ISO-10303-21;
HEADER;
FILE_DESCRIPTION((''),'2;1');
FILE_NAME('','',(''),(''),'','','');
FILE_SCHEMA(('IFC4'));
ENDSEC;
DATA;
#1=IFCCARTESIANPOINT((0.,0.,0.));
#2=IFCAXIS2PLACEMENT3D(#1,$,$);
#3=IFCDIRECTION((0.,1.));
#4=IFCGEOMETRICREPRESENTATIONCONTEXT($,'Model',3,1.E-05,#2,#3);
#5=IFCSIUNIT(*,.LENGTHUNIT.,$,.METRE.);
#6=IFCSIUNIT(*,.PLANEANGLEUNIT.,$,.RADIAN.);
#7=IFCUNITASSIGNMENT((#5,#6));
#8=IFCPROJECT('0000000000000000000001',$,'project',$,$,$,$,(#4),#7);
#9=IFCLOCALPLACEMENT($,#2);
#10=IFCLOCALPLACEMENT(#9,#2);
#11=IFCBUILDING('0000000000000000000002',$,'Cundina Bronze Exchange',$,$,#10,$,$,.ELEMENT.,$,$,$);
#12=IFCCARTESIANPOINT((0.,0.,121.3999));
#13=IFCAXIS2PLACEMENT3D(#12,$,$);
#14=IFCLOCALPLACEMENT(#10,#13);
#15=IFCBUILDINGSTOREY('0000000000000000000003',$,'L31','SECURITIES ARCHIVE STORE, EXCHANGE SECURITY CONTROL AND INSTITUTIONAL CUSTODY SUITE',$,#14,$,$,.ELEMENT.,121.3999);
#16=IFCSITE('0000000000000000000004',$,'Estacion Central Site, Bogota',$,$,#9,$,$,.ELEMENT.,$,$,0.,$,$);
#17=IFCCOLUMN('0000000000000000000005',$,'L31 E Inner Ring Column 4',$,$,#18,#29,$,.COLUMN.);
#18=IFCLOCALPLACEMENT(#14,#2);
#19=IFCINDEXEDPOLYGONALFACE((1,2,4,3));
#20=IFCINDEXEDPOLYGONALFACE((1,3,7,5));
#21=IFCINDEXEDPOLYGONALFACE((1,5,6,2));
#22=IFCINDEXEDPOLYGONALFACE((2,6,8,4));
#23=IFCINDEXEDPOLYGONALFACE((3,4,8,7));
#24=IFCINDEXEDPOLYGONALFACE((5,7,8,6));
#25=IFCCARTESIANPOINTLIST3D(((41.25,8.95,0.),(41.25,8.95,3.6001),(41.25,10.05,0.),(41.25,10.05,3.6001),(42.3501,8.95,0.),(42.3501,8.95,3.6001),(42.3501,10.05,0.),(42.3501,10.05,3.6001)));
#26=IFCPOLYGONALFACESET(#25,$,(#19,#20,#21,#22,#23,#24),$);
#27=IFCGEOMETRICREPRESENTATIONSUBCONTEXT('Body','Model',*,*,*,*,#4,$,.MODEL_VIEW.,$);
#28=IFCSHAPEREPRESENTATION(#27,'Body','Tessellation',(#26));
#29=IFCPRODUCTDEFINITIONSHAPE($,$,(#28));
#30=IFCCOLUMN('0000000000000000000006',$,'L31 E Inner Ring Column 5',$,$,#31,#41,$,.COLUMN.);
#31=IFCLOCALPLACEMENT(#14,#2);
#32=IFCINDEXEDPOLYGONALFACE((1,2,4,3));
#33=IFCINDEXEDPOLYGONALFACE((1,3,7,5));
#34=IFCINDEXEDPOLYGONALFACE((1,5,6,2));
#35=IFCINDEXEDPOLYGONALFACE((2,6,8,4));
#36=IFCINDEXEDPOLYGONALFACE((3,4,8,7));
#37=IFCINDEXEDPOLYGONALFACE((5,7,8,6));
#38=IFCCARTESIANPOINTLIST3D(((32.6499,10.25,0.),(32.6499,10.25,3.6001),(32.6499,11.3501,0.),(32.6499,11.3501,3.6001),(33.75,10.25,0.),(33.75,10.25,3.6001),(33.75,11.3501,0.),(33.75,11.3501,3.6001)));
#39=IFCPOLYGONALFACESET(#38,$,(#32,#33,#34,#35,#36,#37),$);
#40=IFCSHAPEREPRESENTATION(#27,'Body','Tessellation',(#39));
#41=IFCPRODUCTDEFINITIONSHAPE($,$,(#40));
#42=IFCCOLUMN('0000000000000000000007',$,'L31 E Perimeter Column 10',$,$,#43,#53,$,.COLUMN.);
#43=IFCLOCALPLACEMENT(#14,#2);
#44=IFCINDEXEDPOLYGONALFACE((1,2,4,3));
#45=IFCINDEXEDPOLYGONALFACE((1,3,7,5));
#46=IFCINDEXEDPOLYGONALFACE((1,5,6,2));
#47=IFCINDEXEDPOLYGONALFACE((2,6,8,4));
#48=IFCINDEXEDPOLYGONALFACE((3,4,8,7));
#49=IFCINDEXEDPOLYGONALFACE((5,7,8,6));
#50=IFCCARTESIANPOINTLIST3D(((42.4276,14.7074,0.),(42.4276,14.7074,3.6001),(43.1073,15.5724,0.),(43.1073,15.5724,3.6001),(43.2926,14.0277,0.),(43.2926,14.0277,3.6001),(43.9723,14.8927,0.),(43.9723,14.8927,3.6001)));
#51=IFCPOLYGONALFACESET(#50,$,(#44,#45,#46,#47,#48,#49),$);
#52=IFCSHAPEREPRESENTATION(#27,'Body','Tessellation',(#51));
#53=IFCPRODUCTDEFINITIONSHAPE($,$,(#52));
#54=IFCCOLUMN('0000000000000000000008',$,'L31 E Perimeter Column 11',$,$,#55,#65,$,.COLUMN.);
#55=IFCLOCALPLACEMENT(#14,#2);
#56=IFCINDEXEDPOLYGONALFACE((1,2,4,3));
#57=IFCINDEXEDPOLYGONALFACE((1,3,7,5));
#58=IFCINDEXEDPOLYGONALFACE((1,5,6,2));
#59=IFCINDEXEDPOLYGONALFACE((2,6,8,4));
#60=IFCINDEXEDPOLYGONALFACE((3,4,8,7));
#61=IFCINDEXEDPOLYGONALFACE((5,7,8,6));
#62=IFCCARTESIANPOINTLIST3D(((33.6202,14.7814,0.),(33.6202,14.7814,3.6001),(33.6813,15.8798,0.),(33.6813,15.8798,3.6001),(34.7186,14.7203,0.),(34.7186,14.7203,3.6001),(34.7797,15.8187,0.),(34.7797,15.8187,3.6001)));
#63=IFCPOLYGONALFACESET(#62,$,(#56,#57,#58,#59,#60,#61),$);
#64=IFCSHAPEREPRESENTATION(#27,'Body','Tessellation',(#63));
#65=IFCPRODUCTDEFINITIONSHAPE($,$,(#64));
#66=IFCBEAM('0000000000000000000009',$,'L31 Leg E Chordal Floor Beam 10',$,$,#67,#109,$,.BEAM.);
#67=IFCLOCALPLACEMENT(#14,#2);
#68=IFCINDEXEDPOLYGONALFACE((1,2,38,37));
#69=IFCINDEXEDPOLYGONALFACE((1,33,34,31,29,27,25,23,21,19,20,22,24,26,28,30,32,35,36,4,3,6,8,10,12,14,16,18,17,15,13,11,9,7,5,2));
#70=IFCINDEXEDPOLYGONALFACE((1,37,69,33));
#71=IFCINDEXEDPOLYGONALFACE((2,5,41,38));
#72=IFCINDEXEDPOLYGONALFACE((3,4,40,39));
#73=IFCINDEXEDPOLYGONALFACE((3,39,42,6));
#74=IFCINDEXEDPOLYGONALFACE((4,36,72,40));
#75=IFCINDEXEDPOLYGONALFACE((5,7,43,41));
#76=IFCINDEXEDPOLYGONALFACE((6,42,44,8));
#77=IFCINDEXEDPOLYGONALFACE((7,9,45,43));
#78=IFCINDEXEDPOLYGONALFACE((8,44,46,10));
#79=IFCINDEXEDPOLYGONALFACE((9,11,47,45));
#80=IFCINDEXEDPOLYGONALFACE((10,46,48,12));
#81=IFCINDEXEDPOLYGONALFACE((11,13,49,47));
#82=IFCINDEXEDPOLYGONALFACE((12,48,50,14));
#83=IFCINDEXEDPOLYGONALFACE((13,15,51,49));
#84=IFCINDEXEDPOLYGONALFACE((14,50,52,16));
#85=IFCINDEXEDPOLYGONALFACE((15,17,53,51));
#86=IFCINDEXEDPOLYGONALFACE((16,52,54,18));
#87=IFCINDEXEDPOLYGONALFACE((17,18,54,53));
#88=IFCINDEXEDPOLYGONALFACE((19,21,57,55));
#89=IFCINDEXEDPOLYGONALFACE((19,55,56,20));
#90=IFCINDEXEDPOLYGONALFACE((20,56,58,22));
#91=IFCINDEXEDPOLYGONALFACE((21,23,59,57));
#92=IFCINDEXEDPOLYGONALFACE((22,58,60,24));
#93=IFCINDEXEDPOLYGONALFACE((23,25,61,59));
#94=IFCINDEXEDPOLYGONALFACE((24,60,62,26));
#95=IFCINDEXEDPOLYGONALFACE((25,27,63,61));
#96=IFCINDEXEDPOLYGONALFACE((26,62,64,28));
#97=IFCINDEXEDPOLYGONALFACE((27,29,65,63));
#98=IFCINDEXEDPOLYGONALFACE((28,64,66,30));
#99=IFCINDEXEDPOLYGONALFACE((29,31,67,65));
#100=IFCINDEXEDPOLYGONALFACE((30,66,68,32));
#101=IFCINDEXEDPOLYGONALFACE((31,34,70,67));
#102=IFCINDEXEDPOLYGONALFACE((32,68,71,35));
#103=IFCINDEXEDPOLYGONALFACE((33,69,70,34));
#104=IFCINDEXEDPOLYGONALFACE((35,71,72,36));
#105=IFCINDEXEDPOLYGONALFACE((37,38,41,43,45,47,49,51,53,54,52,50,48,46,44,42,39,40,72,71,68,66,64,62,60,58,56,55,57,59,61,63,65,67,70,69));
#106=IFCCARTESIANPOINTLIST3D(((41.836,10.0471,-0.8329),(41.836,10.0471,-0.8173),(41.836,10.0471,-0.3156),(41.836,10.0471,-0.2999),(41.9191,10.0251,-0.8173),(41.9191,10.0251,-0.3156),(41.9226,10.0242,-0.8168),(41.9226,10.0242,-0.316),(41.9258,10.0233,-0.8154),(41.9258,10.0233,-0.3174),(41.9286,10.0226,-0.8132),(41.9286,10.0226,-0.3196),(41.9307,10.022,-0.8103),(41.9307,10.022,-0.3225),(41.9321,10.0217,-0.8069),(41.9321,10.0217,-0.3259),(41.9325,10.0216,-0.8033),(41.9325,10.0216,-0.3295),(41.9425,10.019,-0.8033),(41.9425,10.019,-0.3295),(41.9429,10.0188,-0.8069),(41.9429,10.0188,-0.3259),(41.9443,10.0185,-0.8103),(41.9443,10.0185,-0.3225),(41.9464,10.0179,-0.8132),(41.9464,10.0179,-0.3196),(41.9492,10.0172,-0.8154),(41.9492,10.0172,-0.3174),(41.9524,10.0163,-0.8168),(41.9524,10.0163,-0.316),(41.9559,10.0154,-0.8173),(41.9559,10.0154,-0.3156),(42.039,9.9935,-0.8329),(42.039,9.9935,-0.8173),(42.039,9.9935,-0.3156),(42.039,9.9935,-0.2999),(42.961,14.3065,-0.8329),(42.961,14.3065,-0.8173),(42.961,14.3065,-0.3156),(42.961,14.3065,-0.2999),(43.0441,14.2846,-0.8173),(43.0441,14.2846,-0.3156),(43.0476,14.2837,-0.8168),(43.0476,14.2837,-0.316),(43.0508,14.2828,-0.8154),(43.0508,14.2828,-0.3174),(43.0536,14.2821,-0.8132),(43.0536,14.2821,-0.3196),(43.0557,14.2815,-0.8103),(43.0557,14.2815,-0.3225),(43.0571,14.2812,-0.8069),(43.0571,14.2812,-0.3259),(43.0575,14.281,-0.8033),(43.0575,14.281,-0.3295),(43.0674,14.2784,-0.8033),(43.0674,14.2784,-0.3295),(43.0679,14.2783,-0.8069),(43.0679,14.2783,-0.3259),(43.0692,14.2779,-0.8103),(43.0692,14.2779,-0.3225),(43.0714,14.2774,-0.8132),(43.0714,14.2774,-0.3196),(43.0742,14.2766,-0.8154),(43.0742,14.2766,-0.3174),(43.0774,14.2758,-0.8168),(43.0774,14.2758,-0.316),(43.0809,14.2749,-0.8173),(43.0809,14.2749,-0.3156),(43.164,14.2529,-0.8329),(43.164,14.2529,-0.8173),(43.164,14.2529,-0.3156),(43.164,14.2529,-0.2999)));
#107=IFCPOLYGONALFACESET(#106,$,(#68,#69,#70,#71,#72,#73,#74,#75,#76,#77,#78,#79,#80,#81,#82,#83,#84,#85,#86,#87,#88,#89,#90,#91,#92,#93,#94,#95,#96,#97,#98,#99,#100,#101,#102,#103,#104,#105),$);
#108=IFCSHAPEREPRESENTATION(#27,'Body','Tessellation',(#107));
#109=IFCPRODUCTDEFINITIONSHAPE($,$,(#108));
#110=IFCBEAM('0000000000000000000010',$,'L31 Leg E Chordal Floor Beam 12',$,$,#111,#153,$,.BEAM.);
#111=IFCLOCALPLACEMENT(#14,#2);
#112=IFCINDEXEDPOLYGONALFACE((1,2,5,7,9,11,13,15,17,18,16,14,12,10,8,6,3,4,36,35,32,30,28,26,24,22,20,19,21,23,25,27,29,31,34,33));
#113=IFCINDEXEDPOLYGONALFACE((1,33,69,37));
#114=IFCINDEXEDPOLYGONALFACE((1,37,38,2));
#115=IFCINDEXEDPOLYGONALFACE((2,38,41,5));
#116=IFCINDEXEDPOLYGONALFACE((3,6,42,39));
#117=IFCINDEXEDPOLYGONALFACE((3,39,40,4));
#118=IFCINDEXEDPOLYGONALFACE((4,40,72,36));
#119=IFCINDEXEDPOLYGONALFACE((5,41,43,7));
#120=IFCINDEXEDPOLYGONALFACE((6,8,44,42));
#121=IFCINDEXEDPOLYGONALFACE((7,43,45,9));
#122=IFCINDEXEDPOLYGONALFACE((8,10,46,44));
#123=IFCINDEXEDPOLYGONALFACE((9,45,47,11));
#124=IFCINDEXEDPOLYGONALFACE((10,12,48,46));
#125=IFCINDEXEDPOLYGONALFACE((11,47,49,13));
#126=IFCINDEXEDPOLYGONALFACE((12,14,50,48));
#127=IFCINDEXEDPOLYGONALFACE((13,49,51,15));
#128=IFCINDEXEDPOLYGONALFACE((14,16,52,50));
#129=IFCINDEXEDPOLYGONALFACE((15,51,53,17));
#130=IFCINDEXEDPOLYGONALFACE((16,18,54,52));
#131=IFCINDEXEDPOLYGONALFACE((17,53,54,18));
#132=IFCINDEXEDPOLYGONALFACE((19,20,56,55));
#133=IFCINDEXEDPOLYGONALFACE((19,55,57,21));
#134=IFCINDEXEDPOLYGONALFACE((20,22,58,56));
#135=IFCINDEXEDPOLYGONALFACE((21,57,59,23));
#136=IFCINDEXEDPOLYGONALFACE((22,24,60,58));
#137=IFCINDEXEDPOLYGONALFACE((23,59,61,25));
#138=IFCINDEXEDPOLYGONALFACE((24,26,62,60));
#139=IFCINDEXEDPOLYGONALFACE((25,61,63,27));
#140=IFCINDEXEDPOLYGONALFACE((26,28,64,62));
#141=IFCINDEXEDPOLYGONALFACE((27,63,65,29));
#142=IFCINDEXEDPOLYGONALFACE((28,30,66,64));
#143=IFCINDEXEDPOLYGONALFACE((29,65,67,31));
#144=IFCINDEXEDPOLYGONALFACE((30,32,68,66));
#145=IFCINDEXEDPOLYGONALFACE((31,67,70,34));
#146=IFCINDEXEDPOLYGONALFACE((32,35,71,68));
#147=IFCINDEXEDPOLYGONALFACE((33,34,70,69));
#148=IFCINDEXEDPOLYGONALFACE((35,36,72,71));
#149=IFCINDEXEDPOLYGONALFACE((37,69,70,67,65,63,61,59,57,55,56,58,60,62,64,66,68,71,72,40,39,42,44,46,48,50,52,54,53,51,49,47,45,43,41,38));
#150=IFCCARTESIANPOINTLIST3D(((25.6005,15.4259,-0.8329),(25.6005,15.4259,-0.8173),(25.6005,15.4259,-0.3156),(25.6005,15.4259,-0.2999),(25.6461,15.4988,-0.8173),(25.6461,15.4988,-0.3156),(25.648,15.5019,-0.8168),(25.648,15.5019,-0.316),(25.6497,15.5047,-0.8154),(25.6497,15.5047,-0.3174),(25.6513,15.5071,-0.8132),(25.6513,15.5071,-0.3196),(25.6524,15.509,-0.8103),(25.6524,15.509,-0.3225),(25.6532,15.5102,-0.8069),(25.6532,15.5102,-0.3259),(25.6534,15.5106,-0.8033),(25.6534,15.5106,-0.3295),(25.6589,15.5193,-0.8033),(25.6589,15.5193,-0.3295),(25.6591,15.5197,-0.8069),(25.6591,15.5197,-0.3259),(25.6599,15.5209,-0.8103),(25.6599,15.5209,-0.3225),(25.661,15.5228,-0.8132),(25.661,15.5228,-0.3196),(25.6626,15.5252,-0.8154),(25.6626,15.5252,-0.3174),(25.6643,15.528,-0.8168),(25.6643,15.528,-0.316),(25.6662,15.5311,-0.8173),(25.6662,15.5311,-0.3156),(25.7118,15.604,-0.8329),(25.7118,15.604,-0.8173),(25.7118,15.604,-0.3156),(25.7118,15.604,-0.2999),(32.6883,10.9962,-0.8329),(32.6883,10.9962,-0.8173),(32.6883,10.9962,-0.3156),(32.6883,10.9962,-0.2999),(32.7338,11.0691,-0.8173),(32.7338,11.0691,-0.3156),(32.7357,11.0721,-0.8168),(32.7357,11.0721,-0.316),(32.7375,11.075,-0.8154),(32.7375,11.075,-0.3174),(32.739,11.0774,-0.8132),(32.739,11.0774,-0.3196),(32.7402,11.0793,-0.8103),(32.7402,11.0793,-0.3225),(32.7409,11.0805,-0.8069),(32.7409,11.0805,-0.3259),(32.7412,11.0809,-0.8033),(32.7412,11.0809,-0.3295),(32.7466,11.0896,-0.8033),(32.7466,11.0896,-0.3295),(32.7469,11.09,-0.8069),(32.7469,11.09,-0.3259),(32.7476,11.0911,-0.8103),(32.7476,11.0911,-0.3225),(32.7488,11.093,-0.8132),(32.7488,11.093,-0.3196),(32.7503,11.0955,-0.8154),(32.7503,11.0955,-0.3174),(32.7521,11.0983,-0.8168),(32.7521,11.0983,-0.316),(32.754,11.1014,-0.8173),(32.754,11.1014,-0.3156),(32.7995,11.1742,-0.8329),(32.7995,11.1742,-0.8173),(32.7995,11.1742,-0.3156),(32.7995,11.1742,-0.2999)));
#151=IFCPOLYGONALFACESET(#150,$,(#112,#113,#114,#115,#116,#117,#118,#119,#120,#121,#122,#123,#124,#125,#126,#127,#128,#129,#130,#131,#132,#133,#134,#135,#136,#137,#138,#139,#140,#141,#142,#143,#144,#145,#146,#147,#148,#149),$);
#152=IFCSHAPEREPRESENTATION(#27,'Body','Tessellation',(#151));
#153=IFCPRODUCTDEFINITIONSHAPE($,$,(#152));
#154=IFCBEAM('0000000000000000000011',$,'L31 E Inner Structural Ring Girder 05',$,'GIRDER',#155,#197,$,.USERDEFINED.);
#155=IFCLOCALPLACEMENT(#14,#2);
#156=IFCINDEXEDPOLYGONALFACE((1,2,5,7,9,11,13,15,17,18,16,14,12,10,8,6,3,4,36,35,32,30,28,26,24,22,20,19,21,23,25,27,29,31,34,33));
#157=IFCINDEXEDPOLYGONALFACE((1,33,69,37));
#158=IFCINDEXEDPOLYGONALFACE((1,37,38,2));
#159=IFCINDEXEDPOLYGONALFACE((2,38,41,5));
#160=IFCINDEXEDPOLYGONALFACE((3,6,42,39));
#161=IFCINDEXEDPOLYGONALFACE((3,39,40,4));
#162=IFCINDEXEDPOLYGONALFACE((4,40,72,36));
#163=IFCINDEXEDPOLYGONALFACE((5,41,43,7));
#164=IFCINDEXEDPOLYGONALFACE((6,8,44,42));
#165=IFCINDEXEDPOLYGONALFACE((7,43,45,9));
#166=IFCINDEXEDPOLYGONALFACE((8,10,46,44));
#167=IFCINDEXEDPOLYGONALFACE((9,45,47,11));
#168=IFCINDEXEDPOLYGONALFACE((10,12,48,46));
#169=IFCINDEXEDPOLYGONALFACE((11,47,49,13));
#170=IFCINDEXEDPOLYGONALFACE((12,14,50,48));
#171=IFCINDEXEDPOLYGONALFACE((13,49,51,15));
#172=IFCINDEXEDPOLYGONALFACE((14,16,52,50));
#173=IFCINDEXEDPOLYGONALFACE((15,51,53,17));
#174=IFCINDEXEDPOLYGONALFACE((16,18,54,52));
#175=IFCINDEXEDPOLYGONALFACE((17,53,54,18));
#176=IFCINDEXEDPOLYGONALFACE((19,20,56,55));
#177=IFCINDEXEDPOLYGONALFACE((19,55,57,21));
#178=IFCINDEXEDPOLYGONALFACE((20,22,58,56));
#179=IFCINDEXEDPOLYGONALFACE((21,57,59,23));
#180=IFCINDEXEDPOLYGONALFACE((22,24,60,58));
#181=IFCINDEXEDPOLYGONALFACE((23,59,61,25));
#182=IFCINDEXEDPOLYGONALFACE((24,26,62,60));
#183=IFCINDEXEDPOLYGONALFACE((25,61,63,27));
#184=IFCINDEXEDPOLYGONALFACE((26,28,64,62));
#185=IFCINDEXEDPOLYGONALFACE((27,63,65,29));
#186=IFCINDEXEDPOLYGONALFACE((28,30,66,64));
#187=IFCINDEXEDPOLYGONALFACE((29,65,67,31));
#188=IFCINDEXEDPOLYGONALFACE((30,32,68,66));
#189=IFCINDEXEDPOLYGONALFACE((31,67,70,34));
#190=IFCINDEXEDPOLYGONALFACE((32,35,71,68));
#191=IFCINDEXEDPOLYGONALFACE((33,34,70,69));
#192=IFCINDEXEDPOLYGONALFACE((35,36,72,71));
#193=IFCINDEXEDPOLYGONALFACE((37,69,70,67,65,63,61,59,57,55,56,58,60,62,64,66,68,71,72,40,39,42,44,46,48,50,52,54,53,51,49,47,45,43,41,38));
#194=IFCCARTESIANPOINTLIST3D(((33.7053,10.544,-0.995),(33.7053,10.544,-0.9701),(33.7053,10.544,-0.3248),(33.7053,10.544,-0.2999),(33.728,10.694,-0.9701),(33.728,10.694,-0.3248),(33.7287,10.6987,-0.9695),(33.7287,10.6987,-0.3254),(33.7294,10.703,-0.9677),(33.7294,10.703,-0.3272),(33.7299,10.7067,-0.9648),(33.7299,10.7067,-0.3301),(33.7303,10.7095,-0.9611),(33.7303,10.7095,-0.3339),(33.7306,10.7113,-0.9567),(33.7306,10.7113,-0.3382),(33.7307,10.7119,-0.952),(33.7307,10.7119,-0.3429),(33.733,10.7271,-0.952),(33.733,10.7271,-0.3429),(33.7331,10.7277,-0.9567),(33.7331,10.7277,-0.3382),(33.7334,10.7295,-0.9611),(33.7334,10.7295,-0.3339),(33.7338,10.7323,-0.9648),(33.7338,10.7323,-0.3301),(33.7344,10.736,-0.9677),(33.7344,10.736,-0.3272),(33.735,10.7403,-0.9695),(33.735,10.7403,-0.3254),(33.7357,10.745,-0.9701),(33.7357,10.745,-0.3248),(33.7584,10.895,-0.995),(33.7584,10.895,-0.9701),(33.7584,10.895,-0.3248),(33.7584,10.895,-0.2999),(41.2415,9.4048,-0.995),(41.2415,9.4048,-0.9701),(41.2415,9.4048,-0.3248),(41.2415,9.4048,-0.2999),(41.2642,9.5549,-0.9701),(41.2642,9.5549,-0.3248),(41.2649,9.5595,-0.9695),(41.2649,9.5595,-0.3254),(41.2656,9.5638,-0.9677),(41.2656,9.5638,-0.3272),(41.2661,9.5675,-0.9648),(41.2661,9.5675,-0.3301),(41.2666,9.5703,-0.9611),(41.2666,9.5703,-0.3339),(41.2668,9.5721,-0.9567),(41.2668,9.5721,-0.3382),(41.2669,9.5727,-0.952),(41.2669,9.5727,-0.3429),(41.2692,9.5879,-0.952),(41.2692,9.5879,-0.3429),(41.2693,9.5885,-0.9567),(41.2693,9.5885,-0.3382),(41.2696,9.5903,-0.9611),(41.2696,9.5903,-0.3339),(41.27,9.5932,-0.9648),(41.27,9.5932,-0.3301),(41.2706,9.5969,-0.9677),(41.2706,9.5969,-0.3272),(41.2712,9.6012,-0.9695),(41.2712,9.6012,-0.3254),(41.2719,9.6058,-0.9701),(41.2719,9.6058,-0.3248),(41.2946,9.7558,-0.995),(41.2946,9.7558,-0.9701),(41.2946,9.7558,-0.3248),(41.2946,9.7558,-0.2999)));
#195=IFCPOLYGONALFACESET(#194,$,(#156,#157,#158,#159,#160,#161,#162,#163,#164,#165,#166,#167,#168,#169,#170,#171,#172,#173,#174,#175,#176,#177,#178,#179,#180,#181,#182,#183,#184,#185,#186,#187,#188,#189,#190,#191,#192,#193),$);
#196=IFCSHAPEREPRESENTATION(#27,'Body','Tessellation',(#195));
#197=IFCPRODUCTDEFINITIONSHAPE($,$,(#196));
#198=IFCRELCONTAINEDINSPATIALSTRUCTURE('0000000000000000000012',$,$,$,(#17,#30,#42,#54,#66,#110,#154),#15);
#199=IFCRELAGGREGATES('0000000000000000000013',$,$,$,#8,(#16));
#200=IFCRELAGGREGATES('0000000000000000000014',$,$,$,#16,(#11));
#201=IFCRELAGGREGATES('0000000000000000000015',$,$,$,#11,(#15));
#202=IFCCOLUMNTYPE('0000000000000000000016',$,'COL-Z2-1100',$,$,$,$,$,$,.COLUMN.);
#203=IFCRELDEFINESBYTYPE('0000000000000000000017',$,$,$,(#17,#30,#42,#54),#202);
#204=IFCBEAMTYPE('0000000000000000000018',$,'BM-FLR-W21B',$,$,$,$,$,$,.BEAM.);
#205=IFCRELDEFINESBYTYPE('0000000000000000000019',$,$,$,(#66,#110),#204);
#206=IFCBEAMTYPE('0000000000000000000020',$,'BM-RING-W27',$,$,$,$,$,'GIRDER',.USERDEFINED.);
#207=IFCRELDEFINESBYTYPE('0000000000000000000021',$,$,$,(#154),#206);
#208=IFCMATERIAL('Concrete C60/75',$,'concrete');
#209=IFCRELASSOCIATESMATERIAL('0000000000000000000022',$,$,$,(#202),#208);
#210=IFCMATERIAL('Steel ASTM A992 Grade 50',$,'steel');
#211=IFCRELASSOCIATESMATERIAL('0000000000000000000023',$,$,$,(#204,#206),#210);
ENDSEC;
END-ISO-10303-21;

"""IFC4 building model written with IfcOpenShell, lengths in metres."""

from ifc_helpers import new_model, si_unit, direction, frame, origin, origin_2d, place, context, subcontext, project, spatial, rectangle, i_section, extrude, material, material_profile, profile_set, type_object, element, save


model = new_model("IFC4")

# Units and contexts
model_context = context("Model", 3, precision=1e-05, world=origin(), true_north=direction((0.0, 1.0)))
body_context = subcontext(model_context, "Body", "Model", "MODEL_VIEW")
ifc_project = project(units=[si_unit("LENGTHUNIT", "METRE"), si_unit("PLANEANGLEUNIT", "RADIAN")], contexts=[model_context])

# Site, building, storey
site_placement = place(None, origin())
site = spatial("IfcSite", under=ifc_project, at=site_placement, Name="Estacion Central Site, Bogota", CompositionType="ELEMENT", RefElevation=0.0)
building_placement = place(site_placement, origin())
building = spatial("IfcBuilding", under=site, at=building_placement, Name="Cundina Bronze Exchange", CompositionType="ELEMENT")
storey_placement = place(building_placement, frame((0.0, 0.0, 121.3999)))
storey = spatial("IfcBuildingStorey", under=building, at=storey_placement, Name="L31", Description="SECURITIES ARCHIVE STORE, EXCHANGE SECURITY CONTROL AND INSTITUTIONAL CUSTODY SUITE", CompositionType="ELEMENT", Elevation=121.3999)

# Columns
ifc_material_1 = material(Name="Concrete C60/75", Category="concrete")
ifc_material_profile_1 = material_profile(ifc_material_1, rectangle(XDim=1.1001, YDim=1.1001, at=origin_2d()), Name="RC1100X1100", Category="concrete")
ifc_profile_set_1 = profile_set([ifc_material_profile_1], Name="Concrete C60/75")
column_type = type_object("IfcColumnType", Name="COL-Z2-1100", PredefinedType="COLUMN", material=ifc_profile_set_1)
for number, where, z_axis, x_axis, name in (
    (1, (41.8, 9.5, 0.0), (0.0, 0.0, 1.0), (1.0, 0.0, 0.0), "L31 E Inner Ring Column 4"),
    (2, (33.2, 10.8, 0.0), (0.0, 0.0, 1.0), (1.0, 0.0, 0.0), "L31 E Inner Ring Column 5"),
    (3, (43.2, 14.8, 0.0), (0.0, 0.0, 1.0), (-0.786288, 0.61786, 0.0), "L31 E Perimeter Column 10"),
    (4, (34.2, 15.3, 0.0), (0.0, 0.0, 1.0), (-0.99846, 0.055473, 0.0), "L31 E Perimeter Column 11"),
):
    element("IfcColumn", number, at=place(storey_placement, frame(where, z_axis=z_axis, x_axis=x_axis)), inside=storey, type_object=column_type, Name=name, PredefinedType="COLUMN", context=body_context, shape_type="SweptSolid", body=[
        extrude(rectangle(XDim=1.1001, YDim=1.1001, at=origin_2d()), origin(), (0.0, 0.0, 1.0), 3.6001),
    ])

# Beams
ifc_material_2 = material(Name="Steel ASTM A992 Grade 50", Category="steel")
ifc_material_profile_2 = material_profile(ifc_material_2, i_section(OverallWidth=0.21, OverallDepth=0.533, WebThickness=0.0103, FlangeThickness=0.0156, FilletRadius=0.0139, at=origin_2d()), Name="W21X62", Category="steel")
ifc_profile_set_2 = profile_set([ifc_material_profile_2], Name="Steel ASTM A992 Grade 50")
beam_type_1 = type_object("IfcBeamType", Name="BM-FLR-W21B", PredefinedType="BEAM", material=ifc_profile_set_2)
beam_1_placement = place(storey_placement, frame((41.9375, 10.0203, -0.5664), z_axis=(0.255358, 0.966847, 0.0), x_axis=(-0.966847, 0.255358, 0.0)))
element("IfcBeam", 5, at=beam_1_placement, inside=storey, type_object=beam_type_1, Name="L31 Leg E Chordal Floor Beam 10", PredefinedType="BEAM", context=body_context, shape_type="SweptSolid", body=[
    extrude(i_section(OverallWidth=0.21, OverallDepth=0.533, WebThickness=0.0103, FlangeThickness=0.0156, FilletRadius=0.0139, at=origin_2d()), origin(), (0.0, 0.0, 1.0), 4.4055),
])
beam_2_placement = place(storey_placement, frame((32.7439, 11.0852, -0.5664), z_axis=(-0.848003, 0.529991, 0.0), x_axis=(-0.529991, -0.848003, 0.0)))
element("IfcBeam", 6, at=beam_2_placement, inside=storey, type_object=beam_type_1, Name="L31 Leg E Chordal Floor Beam 12", PredefinedType="BEAM", context=body_context, shape_type="SweptSolid", body=[
    extrude(i_section(OverallWidth=0.21, OverallDepth=0.533, WebThickness=0.0103, FlangeThickness=0.0156, FilletRadius=0.0139, at=origin_2d()), origin(), (0.0, 0.0, 1.0), 8.3582),
])
ifc_material_profile_3 = material_profile(ifc_material_2, i_section(OverallWidth=0.355, OverallDepth=0.6951, WebThickness=0.0154, FlangeThickness=0.0249, FilletRadius=0.0181, at=origin_2d()), Name="W27X146", Category="steel")
ifc_profile_set_3 = profile_set([ifc_material_profile_3], Name="Steel ASTM A992 Grade 50")
beam_type_2 = type_object("IfcBeamType", Name="BM-RING-W27", ElementType="GIRDER", PredefinedType="USERDEFINED", material=ifc_profile_set_3)
beam_3_placement = place(storey_placement, frame((41.2681, 9.5803, -0.6475), z_axis=(-0.988767, 0.149462, 0.0), x_axis=(-0.149462, -0.988767, 0.0)))
element("IfcBeam", 7, at=beam_3_placement, inside=storey, type_object=beam_type_2, Name="L31 E Inner Structural Ring Girder 05", ObjectType="GIRDER", PredefinedType="USERDEFINED", context=body_context, shape_type="SweptSolid", body=[
    extrude(i_section(OverallWidth=0.355, OverallDepth=0.6951, WebThickness=0.0154, FlangeThickness=0.0249, FilletRadius=0.0181, at=origin_2d()), origin(), (0.0, 0.0, 1.0), 7.6218),
])

save(model, "model.ifc")
